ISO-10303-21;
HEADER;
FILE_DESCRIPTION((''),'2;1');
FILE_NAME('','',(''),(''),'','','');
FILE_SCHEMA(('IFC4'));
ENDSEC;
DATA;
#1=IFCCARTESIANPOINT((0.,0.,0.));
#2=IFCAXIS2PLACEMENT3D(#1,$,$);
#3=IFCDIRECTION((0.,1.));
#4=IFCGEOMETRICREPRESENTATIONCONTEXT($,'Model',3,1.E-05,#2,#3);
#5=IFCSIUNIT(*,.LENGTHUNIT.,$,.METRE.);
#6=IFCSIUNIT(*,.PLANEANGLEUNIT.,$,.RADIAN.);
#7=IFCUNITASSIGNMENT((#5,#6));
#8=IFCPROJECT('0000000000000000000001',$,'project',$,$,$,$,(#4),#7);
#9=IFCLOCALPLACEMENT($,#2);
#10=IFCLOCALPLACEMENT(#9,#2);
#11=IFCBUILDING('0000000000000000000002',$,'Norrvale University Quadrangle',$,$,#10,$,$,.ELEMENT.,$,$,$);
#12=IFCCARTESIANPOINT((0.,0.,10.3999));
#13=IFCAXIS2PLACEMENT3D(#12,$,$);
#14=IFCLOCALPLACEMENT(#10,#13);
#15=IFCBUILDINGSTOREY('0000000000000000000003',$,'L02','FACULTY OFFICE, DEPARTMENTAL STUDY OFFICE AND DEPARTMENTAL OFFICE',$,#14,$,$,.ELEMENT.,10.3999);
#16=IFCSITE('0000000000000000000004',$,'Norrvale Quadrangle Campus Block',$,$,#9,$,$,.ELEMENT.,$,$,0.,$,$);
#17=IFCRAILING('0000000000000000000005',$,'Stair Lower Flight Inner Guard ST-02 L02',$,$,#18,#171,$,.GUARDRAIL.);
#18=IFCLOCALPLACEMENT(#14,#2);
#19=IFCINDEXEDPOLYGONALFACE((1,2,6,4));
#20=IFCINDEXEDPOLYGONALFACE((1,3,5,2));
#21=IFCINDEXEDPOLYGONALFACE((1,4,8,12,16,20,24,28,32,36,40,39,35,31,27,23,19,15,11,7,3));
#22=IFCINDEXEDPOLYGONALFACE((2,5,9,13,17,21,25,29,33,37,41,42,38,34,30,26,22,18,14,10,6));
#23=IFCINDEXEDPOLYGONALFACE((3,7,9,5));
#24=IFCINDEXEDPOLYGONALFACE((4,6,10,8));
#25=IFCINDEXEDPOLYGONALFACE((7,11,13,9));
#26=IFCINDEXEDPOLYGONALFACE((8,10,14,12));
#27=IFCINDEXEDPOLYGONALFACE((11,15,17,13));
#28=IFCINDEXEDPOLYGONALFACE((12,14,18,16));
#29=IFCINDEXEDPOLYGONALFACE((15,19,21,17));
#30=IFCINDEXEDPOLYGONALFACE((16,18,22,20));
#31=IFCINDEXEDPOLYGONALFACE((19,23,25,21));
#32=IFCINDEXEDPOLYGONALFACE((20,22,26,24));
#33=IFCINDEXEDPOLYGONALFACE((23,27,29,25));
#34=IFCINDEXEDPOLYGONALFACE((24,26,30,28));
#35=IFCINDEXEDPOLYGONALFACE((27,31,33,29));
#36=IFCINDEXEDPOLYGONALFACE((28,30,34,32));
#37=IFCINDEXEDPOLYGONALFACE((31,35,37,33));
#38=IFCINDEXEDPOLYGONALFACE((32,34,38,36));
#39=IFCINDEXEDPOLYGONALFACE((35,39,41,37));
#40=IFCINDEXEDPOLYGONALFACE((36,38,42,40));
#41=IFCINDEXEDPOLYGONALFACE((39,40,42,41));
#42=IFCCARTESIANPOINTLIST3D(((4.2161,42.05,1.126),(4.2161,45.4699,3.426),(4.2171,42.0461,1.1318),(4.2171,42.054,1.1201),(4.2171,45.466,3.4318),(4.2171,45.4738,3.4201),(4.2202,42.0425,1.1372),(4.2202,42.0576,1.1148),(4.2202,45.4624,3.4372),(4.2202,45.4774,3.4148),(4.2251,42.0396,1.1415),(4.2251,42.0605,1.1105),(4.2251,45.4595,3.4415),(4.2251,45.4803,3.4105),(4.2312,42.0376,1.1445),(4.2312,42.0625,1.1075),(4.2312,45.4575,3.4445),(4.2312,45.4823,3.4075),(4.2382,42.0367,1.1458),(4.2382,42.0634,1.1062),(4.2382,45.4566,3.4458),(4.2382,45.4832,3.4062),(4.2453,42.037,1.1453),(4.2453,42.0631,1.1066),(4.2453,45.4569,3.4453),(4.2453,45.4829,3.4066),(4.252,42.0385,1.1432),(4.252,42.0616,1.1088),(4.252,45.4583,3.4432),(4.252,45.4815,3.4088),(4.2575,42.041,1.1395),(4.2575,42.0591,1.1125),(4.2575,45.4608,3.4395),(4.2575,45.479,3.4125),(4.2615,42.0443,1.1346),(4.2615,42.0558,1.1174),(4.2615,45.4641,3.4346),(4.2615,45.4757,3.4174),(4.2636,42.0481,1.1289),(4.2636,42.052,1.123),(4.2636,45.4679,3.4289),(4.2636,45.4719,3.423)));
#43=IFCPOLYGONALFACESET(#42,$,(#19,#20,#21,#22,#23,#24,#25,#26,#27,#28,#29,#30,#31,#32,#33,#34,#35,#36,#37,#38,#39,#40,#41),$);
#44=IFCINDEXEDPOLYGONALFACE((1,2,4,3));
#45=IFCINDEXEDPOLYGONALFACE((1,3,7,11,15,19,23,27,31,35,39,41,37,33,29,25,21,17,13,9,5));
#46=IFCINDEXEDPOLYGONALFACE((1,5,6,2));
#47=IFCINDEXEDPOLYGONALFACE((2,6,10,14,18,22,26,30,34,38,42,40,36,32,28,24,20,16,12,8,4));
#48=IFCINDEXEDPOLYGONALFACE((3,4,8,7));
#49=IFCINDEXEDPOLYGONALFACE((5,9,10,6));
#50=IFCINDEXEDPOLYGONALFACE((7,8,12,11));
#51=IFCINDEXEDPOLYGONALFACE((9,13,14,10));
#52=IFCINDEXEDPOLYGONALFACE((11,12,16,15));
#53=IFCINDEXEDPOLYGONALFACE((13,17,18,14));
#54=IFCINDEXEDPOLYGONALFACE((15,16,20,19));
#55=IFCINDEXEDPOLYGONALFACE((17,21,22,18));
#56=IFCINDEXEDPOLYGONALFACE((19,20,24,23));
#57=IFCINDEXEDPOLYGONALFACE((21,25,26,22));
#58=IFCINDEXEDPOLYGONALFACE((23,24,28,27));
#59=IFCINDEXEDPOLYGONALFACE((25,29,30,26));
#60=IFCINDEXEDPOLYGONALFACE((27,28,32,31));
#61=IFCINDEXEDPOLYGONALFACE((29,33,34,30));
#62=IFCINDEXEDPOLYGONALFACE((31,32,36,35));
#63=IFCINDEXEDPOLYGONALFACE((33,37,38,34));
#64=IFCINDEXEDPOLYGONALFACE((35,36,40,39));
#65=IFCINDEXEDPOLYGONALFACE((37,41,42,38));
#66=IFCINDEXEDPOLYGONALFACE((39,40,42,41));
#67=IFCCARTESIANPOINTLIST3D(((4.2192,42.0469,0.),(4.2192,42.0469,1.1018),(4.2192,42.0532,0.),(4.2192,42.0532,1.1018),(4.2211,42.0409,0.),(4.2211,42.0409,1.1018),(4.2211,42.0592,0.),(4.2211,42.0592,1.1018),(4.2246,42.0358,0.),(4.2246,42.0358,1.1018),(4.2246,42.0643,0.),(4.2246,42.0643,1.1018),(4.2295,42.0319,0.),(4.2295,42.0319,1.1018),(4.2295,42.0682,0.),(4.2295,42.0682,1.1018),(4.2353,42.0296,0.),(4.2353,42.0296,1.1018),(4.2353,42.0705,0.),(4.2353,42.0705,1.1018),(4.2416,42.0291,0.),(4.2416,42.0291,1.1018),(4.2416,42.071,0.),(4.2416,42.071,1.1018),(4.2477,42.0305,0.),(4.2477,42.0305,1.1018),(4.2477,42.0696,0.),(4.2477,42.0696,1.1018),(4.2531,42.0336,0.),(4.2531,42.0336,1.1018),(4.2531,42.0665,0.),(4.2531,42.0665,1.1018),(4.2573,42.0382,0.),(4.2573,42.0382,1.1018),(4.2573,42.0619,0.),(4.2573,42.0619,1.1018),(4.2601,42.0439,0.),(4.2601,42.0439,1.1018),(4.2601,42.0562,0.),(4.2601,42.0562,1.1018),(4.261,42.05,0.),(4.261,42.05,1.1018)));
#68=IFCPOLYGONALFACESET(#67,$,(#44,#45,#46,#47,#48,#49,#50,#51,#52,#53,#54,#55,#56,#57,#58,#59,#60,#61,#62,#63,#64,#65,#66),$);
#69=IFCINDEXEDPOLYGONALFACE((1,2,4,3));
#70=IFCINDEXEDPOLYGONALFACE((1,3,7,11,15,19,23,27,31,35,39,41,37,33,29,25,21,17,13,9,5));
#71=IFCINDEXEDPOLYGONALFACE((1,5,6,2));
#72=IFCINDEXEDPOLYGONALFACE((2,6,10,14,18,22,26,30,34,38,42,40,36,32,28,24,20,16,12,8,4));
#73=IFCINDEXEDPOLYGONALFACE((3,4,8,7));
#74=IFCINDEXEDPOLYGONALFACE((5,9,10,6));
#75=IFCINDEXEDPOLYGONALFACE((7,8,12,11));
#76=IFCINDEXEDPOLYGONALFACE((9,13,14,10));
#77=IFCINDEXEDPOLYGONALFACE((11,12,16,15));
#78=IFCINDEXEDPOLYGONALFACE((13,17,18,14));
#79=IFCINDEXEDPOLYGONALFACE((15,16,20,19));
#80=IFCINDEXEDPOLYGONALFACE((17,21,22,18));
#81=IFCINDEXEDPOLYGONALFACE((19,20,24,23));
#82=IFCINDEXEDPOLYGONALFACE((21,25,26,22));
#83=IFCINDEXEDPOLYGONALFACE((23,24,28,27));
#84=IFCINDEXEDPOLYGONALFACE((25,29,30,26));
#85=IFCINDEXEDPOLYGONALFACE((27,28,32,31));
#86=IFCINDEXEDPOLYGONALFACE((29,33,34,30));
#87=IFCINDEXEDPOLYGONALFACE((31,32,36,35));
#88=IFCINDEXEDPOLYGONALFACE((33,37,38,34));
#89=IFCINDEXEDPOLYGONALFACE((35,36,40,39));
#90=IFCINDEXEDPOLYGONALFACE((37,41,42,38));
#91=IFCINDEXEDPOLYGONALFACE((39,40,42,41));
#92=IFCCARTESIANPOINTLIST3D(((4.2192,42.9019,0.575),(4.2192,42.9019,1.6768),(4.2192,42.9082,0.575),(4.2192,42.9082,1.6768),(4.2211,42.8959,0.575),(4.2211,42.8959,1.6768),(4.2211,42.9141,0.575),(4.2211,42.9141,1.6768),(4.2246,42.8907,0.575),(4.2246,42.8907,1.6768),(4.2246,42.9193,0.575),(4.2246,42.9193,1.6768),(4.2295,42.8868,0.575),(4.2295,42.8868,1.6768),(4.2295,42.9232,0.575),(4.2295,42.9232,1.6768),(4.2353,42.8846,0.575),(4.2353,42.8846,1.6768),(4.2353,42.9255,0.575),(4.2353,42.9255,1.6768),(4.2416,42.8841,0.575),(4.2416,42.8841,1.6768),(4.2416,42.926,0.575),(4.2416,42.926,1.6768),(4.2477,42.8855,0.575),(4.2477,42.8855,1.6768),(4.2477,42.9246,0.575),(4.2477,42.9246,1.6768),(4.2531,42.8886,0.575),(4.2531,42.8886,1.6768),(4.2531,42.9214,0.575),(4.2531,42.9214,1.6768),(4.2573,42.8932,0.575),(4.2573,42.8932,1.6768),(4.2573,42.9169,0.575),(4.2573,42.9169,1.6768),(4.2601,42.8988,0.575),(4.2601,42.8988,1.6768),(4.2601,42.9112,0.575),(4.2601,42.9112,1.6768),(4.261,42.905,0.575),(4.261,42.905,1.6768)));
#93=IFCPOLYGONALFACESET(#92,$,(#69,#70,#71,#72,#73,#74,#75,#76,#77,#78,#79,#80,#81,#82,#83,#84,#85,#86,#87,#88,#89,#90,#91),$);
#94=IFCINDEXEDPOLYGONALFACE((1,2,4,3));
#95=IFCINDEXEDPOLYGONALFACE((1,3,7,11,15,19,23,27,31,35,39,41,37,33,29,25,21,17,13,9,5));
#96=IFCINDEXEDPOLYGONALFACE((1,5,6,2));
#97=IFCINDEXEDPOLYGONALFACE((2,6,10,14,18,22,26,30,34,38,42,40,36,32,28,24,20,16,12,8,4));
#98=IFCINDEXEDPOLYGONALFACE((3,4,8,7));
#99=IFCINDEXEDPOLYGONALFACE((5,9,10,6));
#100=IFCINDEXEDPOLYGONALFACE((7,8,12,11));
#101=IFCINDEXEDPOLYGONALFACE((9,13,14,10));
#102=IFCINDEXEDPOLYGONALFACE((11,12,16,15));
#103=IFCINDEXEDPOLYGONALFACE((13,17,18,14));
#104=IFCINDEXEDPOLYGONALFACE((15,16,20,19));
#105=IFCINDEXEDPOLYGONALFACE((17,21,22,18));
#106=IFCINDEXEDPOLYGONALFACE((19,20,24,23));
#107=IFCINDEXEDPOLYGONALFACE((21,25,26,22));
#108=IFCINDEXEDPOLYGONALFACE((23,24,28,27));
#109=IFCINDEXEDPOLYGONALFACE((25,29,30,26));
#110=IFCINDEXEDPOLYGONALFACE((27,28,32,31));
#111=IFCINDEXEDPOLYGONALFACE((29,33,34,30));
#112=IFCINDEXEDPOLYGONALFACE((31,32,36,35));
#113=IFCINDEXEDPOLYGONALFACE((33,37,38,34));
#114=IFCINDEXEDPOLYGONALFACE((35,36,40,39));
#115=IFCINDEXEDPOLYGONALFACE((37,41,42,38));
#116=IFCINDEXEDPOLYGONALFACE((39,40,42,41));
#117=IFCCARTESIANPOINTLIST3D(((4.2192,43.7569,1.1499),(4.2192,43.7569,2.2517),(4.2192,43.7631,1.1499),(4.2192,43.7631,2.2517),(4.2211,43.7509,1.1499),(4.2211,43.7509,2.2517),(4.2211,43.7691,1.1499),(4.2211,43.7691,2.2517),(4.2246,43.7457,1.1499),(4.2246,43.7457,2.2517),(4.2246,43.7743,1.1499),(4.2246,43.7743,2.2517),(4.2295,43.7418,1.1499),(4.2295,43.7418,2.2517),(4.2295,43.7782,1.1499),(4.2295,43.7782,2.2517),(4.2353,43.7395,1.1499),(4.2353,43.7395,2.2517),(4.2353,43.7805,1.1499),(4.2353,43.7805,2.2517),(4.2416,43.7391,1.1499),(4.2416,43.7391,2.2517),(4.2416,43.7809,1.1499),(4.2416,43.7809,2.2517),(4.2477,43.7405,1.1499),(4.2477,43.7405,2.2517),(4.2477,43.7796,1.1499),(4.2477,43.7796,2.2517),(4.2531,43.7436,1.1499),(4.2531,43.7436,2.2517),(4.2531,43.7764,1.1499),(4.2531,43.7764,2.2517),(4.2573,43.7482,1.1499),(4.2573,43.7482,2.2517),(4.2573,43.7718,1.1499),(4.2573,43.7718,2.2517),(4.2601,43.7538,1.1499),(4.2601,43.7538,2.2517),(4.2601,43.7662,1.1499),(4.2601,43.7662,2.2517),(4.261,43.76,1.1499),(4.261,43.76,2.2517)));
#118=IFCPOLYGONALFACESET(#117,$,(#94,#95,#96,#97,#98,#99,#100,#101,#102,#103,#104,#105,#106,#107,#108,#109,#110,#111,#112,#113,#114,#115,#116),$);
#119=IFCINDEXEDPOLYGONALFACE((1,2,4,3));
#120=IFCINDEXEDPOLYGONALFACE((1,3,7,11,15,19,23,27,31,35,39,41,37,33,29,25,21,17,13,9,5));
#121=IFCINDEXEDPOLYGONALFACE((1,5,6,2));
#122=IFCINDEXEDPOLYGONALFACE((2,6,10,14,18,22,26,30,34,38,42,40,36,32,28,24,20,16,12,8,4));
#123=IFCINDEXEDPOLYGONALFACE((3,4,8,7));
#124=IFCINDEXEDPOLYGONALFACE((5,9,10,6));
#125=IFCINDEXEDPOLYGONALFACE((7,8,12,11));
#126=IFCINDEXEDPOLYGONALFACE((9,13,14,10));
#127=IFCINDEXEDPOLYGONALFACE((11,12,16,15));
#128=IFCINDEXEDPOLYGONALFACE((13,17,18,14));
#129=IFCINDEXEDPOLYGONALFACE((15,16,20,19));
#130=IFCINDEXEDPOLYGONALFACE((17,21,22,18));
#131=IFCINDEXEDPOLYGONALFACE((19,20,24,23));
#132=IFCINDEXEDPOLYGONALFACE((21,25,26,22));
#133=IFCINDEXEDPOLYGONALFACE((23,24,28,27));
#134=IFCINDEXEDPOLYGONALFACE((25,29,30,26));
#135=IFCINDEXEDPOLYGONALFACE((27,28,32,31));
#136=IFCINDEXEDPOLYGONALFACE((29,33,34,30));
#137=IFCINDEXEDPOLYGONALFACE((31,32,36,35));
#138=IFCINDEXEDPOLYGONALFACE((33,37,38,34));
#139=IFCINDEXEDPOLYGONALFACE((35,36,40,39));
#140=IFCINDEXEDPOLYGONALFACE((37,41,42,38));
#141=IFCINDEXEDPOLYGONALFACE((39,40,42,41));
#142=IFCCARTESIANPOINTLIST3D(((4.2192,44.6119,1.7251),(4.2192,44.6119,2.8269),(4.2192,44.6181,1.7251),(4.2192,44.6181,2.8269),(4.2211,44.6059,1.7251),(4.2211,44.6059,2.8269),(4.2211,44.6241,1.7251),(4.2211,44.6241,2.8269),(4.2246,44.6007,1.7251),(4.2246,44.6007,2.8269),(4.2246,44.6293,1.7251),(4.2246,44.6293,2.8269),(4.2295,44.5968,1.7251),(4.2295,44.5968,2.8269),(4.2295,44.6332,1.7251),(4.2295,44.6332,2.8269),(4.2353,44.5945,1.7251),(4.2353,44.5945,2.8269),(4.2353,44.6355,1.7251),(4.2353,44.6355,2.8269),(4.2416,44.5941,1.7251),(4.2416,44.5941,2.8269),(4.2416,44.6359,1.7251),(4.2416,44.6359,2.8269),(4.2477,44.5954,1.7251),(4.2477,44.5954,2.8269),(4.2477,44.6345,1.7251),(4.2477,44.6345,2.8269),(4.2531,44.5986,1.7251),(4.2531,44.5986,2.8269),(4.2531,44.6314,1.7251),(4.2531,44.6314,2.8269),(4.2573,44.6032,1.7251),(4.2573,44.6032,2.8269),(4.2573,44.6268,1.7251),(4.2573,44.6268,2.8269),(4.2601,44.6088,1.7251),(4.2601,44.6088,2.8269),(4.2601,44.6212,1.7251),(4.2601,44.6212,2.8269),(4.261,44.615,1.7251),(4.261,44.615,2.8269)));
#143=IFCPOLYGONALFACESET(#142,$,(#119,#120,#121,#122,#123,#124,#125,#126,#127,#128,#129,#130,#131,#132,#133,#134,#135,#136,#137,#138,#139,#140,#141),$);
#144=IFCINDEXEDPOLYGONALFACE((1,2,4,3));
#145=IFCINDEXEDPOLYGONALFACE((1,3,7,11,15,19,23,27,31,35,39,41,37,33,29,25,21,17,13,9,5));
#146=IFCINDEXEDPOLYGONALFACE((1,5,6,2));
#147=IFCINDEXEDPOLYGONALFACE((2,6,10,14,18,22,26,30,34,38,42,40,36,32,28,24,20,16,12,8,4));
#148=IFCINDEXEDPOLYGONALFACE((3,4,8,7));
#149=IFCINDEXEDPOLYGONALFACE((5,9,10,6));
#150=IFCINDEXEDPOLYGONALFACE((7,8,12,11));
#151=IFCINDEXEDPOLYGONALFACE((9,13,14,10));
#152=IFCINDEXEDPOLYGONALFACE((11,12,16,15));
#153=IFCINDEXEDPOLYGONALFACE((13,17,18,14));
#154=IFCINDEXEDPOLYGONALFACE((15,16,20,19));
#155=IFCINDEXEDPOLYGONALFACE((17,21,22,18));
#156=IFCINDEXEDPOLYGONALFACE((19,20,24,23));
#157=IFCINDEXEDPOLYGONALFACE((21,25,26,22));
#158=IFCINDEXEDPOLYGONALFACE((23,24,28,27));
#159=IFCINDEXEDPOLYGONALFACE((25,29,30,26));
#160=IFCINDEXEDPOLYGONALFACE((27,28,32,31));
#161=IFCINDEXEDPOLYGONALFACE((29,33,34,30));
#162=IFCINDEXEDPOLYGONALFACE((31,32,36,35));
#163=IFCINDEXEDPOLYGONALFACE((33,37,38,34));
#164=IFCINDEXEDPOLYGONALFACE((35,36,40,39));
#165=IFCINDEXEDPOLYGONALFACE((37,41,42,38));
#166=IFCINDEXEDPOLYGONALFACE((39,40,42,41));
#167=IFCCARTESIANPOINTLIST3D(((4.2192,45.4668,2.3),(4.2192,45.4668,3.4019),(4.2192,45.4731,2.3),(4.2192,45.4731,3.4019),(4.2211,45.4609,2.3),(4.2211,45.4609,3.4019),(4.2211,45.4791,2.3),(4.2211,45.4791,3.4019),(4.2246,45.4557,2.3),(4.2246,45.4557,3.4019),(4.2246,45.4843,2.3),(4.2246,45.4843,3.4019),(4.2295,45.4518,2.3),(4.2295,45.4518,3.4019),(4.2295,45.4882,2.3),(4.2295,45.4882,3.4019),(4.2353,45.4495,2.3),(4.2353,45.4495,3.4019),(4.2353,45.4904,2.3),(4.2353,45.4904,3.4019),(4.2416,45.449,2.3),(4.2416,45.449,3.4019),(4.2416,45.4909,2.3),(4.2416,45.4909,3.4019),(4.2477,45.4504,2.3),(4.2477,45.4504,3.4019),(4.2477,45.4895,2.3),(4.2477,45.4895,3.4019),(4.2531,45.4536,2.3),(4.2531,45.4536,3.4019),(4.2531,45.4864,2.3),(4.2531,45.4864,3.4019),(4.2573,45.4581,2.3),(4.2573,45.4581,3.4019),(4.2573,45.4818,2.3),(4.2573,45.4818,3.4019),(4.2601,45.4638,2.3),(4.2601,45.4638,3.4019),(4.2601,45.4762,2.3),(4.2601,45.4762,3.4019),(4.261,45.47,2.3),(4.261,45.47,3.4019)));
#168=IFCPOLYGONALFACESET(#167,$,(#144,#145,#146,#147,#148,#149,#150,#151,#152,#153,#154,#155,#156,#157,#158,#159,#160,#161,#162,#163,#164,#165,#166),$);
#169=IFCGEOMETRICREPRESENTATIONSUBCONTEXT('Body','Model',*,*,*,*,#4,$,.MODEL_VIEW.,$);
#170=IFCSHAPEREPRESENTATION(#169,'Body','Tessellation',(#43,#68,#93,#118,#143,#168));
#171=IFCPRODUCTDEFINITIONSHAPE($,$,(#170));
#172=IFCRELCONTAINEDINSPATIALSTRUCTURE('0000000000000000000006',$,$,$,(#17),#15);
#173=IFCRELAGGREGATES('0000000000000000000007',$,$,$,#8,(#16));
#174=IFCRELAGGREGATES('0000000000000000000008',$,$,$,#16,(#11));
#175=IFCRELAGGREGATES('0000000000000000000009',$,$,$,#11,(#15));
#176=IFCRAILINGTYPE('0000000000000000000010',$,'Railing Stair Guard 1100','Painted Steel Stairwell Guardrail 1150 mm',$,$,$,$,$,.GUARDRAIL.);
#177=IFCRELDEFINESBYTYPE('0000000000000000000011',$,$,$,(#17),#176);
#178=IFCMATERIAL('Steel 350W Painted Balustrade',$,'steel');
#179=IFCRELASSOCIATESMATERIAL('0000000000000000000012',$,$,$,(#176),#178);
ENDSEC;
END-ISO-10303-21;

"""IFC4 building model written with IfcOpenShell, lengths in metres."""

from ifc_helpers import new_model, si_unit, direction, frame, origin, origin_2d, place, context, subcontext, project, spatial, circle, extrude, material, type_object, element, save


model = new_model("IFC4")

# Units and contexts
model_context = context("Model", 3, precision=1e-05, world=origin(), true_north=direction((0.0, 1.0)))
body_context = subcontext(model_context, "Body", "Model", "MODEL_VIEW")
ifc_project = project(units=[si_unit("LENGTHUNIT", "METRE"), si_unit("PLANEANGLEUNIT", "RADIAN")], contexts=[model_context])

# Site, building, storey
site_placement = place(None, origin())
site = spatial("IfcSite", under=ifc_project, at=site_placement, Name="Norrvale Quadrangle Campus Block", CompositionType="ELEMENT", RefElevation=0.0)
building_placement = place(site_placement, origin())
building = spatial("IfcBuilding", under=site, at=building_placement, Name="Norrvale University Quadrangle", CompositionType="ELEMENT")
storey_placement = place(building_placement, frame((0.0, 0.0, 10.3999)))
storey = spatial("IfcBuildingStorey", under=building, at=storey_placement, Name="L02", Description="FACULTY OFFICE, DEPARTMENTAL STUDY OFFICE AND DEPARTMENTAL OFFICE", CompositionType="ELEMENT", Elevation=10.3999)

# Railing
ifc_material_1 = material(Name="Steel 350W Painted Balustrade", Category="steel")
railing_type_1 = type_object("IfcRailingType", Name="Railing Stair Guard 1100", Description="Painted Steel Stairwell Guardrail 1150 mm", PredefinedType="GUARDRAIL", material=ifc_material_1)
railing_1_placement = place(storey_placement, frame((4.24, 42.05, 0.0)))
element("IfcRailing", 1, at=railing_1_placement, inside=storey, type_object=railing_type_1, Name="Stair Lower Flight Inner Guard ST-02 L02", PredefinedType="GUARDRAIL", context=body_context, shape_type="SweptSolid", body=[
    extrude(circle(Radius=0.0239, at=origin_2d()), frame((0.0, 0.0, 1.126), z_axis=(0.0, 0.829792, 0.558072), x_axis=(-1.0, 0.0, 0.0)), (0.0, 0.0, 1.0), 4.1213),
    extrude(circle(Radius=0.021, at=origin_2d()), origin(), (0.0, 0.0, 1.0), 1.1018),
    extrude(circle(Radius=0.021, at=origin_2d()), frame((0.0, 0.855, 0.575)), (0.0, 0.0, 1.0), 1.1018),
    extrude(circle(Radius=0.021, at=origin_2d()), frame((0.0, 1.71, 1.1499)), (0.0, 0.0, 1.0), 1.1018),
    extrude(circle(Radius=0.021, at=origin_2d()), frame((0.0, 2.5649, 1.7251)), (0.0, 0.0, 1.0), 1.1018),
    extrude(circle(Radius=0.021, at=origin_2d()), frame((0.0, 3.4199, 2.3)), (0.0, 0.0, 1.0), 1.1018),
])

save(model, "model.ifc")
